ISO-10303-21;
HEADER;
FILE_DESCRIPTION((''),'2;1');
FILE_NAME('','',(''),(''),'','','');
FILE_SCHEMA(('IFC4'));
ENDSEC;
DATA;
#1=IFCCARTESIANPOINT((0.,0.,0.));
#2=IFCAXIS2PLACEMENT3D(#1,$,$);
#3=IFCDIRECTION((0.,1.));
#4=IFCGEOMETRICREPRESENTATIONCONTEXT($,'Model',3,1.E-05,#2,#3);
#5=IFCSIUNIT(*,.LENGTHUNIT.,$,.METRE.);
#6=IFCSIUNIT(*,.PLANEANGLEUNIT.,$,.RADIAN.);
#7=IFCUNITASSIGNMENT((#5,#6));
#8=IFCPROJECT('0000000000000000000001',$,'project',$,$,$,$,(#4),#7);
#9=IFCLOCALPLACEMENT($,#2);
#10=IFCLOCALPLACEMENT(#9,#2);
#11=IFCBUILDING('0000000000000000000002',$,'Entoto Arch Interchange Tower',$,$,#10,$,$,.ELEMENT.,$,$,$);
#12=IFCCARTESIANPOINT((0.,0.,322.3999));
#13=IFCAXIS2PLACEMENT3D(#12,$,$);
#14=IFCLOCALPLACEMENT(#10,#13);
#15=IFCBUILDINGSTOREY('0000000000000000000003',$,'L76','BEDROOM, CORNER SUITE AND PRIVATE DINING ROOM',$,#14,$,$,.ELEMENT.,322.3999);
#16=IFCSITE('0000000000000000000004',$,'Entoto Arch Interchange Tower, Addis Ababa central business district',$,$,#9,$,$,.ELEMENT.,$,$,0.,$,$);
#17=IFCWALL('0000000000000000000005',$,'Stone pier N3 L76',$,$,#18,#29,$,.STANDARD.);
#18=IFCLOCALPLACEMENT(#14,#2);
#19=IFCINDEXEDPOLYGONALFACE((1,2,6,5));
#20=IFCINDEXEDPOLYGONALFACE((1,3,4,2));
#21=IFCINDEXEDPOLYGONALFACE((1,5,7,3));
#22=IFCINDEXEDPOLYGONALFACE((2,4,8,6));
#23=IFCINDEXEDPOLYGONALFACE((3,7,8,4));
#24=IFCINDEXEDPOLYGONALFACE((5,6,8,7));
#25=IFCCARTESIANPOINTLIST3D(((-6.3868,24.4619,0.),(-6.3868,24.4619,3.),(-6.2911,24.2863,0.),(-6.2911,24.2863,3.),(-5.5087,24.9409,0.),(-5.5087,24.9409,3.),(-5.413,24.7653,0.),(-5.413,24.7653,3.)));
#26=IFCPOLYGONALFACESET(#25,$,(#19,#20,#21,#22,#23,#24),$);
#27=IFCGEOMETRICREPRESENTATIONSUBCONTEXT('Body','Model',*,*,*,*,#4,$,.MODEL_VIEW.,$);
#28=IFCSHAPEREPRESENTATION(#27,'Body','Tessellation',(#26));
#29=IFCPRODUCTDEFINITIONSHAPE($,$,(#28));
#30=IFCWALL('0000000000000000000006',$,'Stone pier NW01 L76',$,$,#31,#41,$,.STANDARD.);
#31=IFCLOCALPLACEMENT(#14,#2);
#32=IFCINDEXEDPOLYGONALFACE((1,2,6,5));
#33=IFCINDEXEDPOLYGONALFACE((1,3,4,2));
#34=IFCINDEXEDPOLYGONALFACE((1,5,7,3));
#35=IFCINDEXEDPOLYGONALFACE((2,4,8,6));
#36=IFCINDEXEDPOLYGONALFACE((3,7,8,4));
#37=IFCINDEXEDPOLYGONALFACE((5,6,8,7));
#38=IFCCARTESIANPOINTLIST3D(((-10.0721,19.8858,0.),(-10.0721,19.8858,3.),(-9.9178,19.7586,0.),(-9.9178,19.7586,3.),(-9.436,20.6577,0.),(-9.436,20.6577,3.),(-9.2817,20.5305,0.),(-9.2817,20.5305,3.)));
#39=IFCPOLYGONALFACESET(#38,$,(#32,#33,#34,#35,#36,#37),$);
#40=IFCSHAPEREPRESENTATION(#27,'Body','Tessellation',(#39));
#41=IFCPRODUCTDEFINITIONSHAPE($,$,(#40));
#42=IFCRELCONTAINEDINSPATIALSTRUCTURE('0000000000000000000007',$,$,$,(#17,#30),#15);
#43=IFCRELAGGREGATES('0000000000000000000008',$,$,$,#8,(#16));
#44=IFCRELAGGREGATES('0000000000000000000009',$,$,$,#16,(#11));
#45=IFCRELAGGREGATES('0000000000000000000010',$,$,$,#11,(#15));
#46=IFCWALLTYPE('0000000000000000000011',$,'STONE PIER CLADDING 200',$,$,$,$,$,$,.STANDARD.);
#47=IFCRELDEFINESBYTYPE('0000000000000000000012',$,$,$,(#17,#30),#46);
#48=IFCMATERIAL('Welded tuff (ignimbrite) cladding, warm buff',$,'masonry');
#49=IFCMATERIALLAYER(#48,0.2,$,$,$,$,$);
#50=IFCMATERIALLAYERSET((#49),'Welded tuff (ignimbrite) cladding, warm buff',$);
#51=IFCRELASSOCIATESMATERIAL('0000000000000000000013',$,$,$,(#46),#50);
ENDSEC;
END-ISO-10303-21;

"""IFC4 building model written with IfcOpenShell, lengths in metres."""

from ifc_helpers import new_model, si_unit, direction, frame, frame_2d, origin, place, context, subcontext, project, spatial, rectangle, extrude, material, layer, layer_set, type_object, element, save


model = new_model("IFC4")

# Units and contexts
model_context = context("Model", 3, precision=1e-05, world=origin(), true_north=direction((0.0, 1.0)))
body_context = subcontext(model_context, "Body", "Model", "MODEL_VIEW")
ifc_project = project(units=[si_unit("LENGTHUNIT", "METRE"), si_unit("PLANEANGLEUNIT", "RADIAN")], contexts=[model_context])

# Site, building, storey
site_placement = place(None, origin())
site = spatial("IfcSite", under=ifc_project, at=site_placement, Name="Entoto Arch Interchange Tower, Addis Ababa central business district", CompositionType="ELEMENT", RefElevation=0.0)
building_placement = place(site_placement, origin())
building = spatial("IfcBuilding", under=site, at=building_placement, Name="Entoto Arch Interchange Tower", CompositionType="ELEMENT")
storey_placement = place(building_placement, frame((0.0, 0.0, 322.3999)))
storey = spatial("IfcBuildingStorey", under=building, at=storey_placement, Name="L76", Description="BEDROOM, CORNER SUITE AND PRIVATE DINING ROOM", CompositionType="ELEMENT", Elevation=322.3999)

# Shared definitions
ifc_material_1 = material(Name="Welded tuff (ignimbrite) cladding, warm buff", Category="masonry")

# Walls
ifc_layer_1 = layer(ifc_material_1, 0.2)
ifc_layer_set_1 = layer_set([ifc_layer_1], Name="Welded tuff (ignimbrite) cladding, warm buff")
wall_type_1 = type_object("IfcWallType", Name="STONE PIER CLADDING 200", PredefinedType="STANDARD", material=ifc_layer_set_1)
for number, where, z_axis, x_axis, name in (
    (1, (-5.4609, 24.853, 0.0), (0.0, 0.0, 1.0), (-0.877896, -0.478852, 0.0), "Stone pier N3 L76"),
    (2, (-9.3589, 20.594, 0.0), (0.0, 0.0, 1.0), (-0.635998, -0.771691, 0.0), "Stone pier NW01 L76"),
):
    element("IfcWall", number, at=place(storey_placement, frame(where, z_axis=z_axis, x_axis=x_axis)), inside=storey, type_object=wall_type_1, Name=name, PredefinedType="STANDARD", context=body_context, shape_type="SweptSolid", body=[
        extrude(rectangle(XDim=1.0002, YDim=0.2, at=frame_2d((0.5, 0.0))), origin(), (0.0, 0.0, 1.0), 3.0),
    ])

save(model, "model.ifc")
